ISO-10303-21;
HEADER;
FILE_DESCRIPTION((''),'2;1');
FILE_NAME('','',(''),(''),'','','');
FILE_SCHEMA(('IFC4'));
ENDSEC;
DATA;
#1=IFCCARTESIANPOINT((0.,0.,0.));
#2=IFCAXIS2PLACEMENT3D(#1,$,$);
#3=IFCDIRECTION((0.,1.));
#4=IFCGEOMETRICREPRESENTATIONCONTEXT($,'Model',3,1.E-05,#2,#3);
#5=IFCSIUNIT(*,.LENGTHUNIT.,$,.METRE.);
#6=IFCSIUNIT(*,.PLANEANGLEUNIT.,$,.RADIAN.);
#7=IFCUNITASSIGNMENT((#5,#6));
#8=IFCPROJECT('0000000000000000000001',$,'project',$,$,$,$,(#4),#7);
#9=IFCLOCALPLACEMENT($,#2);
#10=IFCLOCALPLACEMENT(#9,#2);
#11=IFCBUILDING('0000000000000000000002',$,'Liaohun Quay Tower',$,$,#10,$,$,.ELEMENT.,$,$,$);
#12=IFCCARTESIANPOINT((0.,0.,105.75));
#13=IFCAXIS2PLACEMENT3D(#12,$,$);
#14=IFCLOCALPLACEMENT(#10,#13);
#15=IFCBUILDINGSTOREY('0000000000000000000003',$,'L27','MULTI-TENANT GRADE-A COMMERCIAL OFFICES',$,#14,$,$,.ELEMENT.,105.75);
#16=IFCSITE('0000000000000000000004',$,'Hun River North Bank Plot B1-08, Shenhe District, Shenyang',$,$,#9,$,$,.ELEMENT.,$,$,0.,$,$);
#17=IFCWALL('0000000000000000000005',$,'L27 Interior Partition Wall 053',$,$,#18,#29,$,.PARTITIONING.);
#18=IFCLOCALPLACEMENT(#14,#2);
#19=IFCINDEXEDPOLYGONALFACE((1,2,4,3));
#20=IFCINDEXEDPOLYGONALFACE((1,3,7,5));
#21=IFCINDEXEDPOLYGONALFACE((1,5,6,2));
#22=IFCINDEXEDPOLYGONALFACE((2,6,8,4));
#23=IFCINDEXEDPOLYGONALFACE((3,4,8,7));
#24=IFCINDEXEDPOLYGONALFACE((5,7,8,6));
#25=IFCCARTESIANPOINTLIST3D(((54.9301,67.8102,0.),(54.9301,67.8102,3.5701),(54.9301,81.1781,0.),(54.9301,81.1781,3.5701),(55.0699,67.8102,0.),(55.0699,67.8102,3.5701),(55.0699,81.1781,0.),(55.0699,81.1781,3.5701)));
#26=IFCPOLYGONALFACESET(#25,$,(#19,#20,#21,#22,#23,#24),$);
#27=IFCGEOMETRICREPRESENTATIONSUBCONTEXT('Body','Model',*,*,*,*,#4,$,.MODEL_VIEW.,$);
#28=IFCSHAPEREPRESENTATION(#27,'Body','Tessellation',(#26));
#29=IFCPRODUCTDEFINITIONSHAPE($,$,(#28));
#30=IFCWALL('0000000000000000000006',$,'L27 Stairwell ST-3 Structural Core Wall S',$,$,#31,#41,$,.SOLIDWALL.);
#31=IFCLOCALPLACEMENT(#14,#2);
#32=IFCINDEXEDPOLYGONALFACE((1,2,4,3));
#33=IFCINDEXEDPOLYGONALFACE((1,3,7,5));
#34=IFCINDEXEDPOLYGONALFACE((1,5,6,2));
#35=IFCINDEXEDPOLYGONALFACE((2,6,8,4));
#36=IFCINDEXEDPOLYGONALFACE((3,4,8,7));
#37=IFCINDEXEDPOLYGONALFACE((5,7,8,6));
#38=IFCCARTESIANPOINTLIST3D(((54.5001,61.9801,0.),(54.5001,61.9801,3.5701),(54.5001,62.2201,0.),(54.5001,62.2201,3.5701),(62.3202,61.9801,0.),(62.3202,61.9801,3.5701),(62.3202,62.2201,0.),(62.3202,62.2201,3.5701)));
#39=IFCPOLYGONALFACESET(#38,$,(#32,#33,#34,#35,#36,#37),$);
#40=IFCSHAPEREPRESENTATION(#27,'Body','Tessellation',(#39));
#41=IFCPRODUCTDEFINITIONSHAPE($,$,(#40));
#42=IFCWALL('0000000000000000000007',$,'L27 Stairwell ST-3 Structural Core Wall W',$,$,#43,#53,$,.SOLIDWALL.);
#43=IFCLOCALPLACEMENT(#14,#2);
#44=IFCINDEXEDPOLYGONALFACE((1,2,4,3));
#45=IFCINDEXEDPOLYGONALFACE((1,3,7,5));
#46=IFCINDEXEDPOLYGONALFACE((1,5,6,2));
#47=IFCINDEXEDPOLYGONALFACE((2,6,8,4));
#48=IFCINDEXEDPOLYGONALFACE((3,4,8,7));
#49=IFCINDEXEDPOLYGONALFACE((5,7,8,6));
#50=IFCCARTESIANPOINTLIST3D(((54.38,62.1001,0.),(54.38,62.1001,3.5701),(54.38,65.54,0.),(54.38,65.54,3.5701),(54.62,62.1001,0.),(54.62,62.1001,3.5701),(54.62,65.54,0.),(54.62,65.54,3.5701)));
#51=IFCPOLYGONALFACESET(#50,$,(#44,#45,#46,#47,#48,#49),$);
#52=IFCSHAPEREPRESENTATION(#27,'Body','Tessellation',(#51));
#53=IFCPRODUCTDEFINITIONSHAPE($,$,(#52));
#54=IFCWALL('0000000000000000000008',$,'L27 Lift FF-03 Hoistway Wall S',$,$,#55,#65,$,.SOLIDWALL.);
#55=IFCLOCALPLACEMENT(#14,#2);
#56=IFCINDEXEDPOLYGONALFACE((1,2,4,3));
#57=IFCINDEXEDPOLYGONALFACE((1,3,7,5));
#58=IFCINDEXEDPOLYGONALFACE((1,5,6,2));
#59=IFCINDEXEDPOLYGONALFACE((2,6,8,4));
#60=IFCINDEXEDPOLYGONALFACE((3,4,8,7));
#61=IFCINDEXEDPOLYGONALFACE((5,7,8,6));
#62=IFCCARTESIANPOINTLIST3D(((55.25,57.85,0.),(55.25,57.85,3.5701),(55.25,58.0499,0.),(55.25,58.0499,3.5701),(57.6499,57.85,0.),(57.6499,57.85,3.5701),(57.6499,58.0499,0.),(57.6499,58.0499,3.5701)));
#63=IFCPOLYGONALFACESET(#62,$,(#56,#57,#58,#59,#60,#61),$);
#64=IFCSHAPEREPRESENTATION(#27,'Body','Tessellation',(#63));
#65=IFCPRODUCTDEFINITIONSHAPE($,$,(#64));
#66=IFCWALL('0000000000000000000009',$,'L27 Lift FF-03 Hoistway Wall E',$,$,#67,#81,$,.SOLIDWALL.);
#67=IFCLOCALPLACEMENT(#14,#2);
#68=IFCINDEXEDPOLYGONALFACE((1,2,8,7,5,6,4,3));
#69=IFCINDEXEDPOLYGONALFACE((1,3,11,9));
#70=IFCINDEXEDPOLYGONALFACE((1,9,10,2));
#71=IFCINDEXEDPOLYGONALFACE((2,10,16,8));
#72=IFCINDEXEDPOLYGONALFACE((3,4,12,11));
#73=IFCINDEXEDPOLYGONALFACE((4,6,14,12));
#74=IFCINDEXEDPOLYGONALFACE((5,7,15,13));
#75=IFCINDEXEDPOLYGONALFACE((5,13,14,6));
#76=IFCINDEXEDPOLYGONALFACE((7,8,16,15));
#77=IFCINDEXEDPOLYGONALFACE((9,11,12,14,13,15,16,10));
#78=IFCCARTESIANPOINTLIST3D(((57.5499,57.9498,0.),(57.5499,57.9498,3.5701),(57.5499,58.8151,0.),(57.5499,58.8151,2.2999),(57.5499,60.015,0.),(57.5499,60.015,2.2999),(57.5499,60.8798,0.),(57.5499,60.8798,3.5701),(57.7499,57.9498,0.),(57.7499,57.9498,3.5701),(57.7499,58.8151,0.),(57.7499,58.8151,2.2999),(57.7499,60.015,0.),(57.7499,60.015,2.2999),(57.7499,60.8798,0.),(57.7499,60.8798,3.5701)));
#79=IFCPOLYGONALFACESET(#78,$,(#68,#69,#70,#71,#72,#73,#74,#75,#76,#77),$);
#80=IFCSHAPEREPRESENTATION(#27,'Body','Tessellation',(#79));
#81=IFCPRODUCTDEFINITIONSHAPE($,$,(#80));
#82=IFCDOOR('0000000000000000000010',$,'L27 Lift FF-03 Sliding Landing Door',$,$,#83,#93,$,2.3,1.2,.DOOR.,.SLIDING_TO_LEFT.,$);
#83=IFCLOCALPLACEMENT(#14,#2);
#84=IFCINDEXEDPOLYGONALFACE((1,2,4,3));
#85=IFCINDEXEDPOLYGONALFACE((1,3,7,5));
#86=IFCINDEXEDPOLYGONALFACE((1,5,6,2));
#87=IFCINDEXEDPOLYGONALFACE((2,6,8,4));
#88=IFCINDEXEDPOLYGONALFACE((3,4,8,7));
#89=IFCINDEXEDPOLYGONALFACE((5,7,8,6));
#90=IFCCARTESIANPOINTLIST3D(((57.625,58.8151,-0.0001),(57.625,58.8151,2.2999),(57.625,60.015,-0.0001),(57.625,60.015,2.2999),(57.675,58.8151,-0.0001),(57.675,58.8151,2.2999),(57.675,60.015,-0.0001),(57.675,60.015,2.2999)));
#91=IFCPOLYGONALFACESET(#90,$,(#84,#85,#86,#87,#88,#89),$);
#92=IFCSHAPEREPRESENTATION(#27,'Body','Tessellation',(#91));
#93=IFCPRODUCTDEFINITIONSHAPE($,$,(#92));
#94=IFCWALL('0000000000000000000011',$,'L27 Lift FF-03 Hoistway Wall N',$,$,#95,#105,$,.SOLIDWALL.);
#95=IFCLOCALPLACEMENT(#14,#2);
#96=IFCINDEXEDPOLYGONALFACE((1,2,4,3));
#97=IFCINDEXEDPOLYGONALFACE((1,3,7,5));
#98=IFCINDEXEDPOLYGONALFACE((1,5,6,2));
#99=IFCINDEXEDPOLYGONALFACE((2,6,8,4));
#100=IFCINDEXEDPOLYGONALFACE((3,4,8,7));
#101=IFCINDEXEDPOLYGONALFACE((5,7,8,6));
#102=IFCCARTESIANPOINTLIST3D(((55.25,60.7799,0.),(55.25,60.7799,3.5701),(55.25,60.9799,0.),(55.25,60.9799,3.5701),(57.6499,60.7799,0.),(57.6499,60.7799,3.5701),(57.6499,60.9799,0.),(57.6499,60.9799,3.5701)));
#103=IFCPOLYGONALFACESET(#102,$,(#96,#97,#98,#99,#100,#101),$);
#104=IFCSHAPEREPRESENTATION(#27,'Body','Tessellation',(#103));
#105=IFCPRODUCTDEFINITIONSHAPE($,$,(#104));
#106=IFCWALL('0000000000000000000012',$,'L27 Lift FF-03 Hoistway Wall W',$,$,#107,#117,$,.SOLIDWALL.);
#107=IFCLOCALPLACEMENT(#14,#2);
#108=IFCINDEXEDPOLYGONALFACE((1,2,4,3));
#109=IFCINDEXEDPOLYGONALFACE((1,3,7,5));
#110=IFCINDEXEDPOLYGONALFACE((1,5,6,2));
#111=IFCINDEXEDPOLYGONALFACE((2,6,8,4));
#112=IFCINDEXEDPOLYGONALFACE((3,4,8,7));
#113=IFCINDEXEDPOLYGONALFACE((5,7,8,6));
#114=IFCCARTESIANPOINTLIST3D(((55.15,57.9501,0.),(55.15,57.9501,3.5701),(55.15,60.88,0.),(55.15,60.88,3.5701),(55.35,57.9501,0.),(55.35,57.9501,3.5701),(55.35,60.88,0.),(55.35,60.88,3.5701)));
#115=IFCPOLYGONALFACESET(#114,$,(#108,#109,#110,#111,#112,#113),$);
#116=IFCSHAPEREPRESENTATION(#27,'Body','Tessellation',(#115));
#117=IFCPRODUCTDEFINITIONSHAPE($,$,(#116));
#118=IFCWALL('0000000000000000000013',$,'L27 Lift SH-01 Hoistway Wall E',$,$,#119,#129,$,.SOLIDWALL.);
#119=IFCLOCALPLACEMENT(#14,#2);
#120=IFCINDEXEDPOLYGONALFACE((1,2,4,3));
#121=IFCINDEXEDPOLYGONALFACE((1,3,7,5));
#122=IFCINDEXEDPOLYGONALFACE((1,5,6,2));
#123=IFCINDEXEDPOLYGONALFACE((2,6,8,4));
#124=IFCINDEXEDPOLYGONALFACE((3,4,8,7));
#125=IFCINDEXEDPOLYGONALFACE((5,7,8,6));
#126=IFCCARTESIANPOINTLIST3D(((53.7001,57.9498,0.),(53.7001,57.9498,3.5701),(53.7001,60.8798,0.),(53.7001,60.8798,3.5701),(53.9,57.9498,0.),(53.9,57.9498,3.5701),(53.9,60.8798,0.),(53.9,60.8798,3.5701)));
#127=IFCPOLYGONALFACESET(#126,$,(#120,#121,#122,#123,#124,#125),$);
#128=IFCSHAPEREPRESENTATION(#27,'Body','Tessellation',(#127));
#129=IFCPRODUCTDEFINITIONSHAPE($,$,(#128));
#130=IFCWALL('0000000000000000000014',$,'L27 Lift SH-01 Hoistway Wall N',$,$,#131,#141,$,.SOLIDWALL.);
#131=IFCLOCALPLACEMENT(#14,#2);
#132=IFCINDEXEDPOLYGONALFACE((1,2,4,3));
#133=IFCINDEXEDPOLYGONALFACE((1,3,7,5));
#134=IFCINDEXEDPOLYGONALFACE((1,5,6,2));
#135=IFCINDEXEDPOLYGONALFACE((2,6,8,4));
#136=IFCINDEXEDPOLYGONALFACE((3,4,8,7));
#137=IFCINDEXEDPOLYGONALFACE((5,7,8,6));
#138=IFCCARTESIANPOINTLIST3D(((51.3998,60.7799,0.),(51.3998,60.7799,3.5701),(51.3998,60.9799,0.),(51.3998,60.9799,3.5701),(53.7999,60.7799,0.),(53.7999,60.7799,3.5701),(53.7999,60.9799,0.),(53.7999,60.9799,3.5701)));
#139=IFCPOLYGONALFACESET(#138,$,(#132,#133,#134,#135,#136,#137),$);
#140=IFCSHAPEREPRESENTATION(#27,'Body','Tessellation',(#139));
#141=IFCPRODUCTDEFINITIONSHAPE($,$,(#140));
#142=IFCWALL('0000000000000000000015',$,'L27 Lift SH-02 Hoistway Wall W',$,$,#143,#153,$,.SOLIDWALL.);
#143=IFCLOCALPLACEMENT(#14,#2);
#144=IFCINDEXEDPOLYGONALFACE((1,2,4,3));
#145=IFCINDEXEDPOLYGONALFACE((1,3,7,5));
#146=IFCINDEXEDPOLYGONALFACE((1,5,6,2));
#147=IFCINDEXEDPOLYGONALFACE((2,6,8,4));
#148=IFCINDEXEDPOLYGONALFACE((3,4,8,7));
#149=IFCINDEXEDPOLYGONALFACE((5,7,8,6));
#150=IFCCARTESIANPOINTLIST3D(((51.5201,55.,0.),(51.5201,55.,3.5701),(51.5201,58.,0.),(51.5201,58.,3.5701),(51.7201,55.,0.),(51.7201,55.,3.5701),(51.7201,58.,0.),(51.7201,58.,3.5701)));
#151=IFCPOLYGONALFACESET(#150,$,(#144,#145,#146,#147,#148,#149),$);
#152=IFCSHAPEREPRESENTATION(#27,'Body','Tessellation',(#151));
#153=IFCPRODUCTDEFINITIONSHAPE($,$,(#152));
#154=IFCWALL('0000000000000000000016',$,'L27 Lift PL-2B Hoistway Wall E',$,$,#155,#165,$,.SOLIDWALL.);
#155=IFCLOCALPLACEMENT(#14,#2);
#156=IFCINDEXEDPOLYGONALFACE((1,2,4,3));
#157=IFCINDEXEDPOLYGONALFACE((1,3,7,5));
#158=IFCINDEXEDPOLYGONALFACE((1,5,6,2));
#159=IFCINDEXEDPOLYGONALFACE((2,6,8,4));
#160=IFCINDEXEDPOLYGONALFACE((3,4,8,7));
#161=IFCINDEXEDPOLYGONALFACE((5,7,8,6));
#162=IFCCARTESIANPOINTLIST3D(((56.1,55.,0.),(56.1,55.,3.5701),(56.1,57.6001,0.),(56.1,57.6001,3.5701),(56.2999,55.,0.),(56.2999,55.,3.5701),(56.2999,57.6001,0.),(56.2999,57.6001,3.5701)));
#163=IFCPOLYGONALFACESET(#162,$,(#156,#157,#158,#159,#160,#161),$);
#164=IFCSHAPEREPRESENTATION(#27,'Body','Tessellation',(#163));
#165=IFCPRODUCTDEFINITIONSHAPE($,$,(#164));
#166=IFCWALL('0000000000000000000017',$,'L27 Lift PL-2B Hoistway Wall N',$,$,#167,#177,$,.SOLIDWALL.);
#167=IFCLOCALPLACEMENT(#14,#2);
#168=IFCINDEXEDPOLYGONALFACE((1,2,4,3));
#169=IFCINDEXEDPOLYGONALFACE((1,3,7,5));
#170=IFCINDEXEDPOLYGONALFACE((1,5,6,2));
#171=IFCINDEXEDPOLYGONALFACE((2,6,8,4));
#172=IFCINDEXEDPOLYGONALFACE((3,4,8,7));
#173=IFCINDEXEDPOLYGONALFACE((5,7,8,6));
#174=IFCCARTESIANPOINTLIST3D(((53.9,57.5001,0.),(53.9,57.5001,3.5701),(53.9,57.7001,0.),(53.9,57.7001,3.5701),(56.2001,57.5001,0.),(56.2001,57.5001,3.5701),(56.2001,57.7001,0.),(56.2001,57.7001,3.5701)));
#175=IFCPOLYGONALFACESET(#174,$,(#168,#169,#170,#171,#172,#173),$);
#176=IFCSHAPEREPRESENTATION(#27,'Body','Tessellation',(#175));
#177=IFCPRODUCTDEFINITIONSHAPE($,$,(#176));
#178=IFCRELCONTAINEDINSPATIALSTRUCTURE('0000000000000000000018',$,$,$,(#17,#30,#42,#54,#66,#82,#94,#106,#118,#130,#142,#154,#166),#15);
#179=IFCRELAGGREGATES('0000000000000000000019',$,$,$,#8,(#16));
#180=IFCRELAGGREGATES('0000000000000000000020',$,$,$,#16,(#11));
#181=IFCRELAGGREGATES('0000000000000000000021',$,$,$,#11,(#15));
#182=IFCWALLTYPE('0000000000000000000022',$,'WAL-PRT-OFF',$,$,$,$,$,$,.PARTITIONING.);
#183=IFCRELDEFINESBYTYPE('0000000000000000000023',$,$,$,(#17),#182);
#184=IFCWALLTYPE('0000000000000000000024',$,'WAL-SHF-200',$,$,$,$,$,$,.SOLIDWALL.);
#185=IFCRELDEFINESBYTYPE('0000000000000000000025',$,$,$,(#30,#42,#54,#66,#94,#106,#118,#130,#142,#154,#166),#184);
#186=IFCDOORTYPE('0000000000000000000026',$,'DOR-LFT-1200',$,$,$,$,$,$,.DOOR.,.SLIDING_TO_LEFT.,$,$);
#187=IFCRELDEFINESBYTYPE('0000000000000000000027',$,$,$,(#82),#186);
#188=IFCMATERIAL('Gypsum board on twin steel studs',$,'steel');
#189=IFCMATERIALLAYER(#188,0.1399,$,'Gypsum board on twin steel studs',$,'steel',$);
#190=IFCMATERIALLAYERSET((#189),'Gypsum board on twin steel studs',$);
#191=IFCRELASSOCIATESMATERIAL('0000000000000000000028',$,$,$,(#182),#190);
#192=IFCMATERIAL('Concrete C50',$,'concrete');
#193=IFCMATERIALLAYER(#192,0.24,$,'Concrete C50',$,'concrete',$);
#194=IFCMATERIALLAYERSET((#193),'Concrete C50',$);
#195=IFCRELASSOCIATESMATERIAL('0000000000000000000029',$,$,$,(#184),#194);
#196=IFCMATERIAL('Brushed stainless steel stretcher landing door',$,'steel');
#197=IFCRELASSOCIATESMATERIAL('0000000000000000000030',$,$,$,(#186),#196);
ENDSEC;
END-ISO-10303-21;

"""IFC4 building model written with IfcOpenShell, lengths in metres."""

from ifc_helpers import new_model, si_unit, direction, frame, frame_2d, origin, place, context, subcontext, project, spatial, rectangle, extrude, source, transform, mapped, material, layer, layer_set, type_object, element, fill, save


model = new_model("IFC4")

# Units and contexts
model_context = context("Model", 3, precision=1e-05, world=origin(), true_north=direction((0.0, 1.0)))
body_context = subcontext(model_context, "Body", "Model", "MODEL_VIEW")
ifc_project = project(units=[si_unit("LENGTHUNIT", "METRE"), si_unit("PLANEANGLEUNIT", "RADIAN")], contexts=[model_context])

# Site, building, storey
site_placement = place(None, origin())
site = spatial("IfcSite", under=ifc_project, at=site_placement, Name="Hun River North Bank Plot B1-08, Shenhe District, Shenyang", CompositionType="ELEMENT", RefElevation=0.0)
building_placement = place(site_placement, origin())
building = spatial("IfcBuilding", under=site, at=building_placement, Name="Liaohun Quay Tower", CompositionType="ELEMENT")
storey_placement = place(building_placement, frame((0.0, 0.0, 105.75)))
storey = spatial("IfcBuildingStorey", under=building, at=storey_placement, Name="L27", Description="MULTI-TENANT GRADE-A COMMERCIAL OFFICES", CompositionType="ELEMENT", Elevation=105.75)

# Walls
ifc_material_1 = material(Name="Gypsum board on twin steel studs", Category="steel")
ifc_layer_1 = layer(ifc_material_1, 0.1399, Name="Gypsum board on twin steel studs", Category="steel")
ifc_layer_set_1 = layer_set([ifc_layer_1], Name="Gypsum board on twin steel studs")
wall_type_1 = type_object("IfcWallType", Name="WAL-PRT-OFF", PredefinedType="PARTITIONING", material=ifc_layer_set_1)
wall_1_placement = place(storey_placement, frame((55.0, 67.8101, 0.0), z_axis=(0.0, 0.0, 1.0), x_axis=(0.0, 1.0, 0.0)))
element("IfcWall", 1, at=wall_1_placement, inside=storey, type_object=wall_type_1, Name="L27 Interior Partition Wall 053", PredefinedType="PARTITIONING", context=body_context, shape_type="SweptSolid", body=[
    extrude(rectangle(XDim=13.3679, YDim=0.1399, at=frame_2d((6.6841, 0.0))), origin(), (0.0, 0.0, 1.0), 3.5701),
])
ifc_material_2 = material(Name="Concrete C50", Category="concrete")
ifc_layer_2 = layer(ifc_material_2, 0.24, Name="Concrete C50", Category="concrete")
ifc_layer_set_2 = layer_set([ifc_layer_2], Name="Concrete C50")
wall_type_2 = type_object("IfcWallType", Name="WAL-SHF-200", PredefinedType="SOLIDWALL", material=ifc_layer_set_2)
wall_2_placement = place(storey_placement, frame((54.5, 62.1001, 0.0), z_axis=(0.0, 0.0, 1.0), x_axis=(1.0, 0.0, 0.0)))
element("IfcWall", 2, at=wall_2_placement, inside=storey, type_object=wall_type_2, Name="L27 Stairwell ST-3 Structural Core Wall S", PredefinedType="SOLIDWALL", context=body_context, shape_type="SweptSolid", body=[
    extrude(rectangle(XDim=7.8201, YDim=0.24, at=frame_2d((3.9102, 0.0))), origin(), (0.0, 0.0, 1.0), 3.5701),
])
wall_3_placement = place(storey_placement, frame((54.5, 65.54, 0.0), z_axis=(0.0, 0.0, 1.0), x_axis=(0.0, -1.0, 0.0)))
element("IfcWall", 3, at=wall_3_placement, inside=storey, type_object=wall_type_2, Name="L27 Stairwell ST-3 Structural Core Wall W", PredefinedType="SOLIDWALL", context=body_context, shape_type="SweptSolid", body=[
    extrude(rectangle(XDim=3.4399, YDim=0.24, at=frame_2d((1.72, 0.0))), origin(), (0.0, 0.0, 1.0), 3.5701),
])
wall_4_placement = place(storey_placement, frame((55.25, 57.95, 0.0), z_axis=(0.0, 0.0, 1.0), x_axis=(1.0, 0.0, 0.0)))
element("IfcWall", 4, at=wall_4_placement, inside=storey, type_object=wall_type_2, Name="L27 Lift FF-03 Hoistway Wall S", PredefinedType="SOLIDWALL", context=body_context, shape_type="SweptSolid", body=[
    extrude(rectangle(XDim=2.3999, YDim=0.2, at=frame_2d((1.2, 0.0))), origin(), (0.0, 0.0, 1.0), 3.5701),
])

# Wall, opening, door
wall_5_placement = place(storey_placement, frame((57.6499, 57.95, 0.0), z_axis=(0.0, 0.0, 1.0), x_axis=(0.0, 1.0, 0.0)))
wall_5 = element("IfcWall", 5, at=wall_5_placement, inside=storey, type_object=wall_type_2, Name="L27 Lift FF-03 Hoistway Wall E", PredefinedType="SOLIDWALL", context=body_context, shape_type="SweptSolid", body=[
    extrude(rectangle(XDim=2.9299, YDim=0.2, at=frame_2d((1.4648, 0.0))), origin(), (0.0, 0.0, 1.0), 3.5701),
])
shared_shape_1 = source(origin(), body_context, "Body", "SweptSolid", [
    extrude(rectangle(XDim=1.2, YDim=2.3, at=frame_2d((0.6001, 1.1499))), frame((0.0, 0.1099, 0.0), z_axis=(0.0, -1.0, 0.0), x_axis=(1.0, 0.0, 0.0)), (0.0, 0.0, 1.0), 0.22),
])
opening_1_placement = place(wall_5_placement, frame((0.865, 0.0, 0.0)))
opening_1 = element("IfcOpeningElement", 6, at=opening_1_placement, cuts=wall_5, PredefinedType="OPENING", context=body_context, shape_type="MappedRepresentation", body=[
    mapped(shared_shape_1, transform((0.0, 0.0, 0.0), x_axis=(1.0, 0.0, 0.0), y_axis=(0.0, 1.0, 0.0), z_axis=(0.0, 0.0, 1.0), scale=1.0)),
])
ifc_material_3 = material(Name="Brushed stainless steel stretcher landing door", Category="steel")
door_type_1 = type_object("IfcDoorType", Name="DOR-LFT-1200", OperationType="SLIDING_TO_LEFT", PredefinedType="DOOR", material=ifc_material_3)
shared_shape_2 = source(origin(), body_context, "Body", "SweptSolid", [
    extrude(rectangle(XDim=1.2, YDim=2.3, at=frame_2d((0.6001, 1.1499))), frame((0.0, 0.0249, 0.0), z_axis=(0.0, -1.0, 0.0), x_axis=(1.0, 0.0, 0.0)), (0.0, 0.0, 1.0), 0.05),
])
door_1_placement = place(opening_1_placement, origin())
door_1 = element("IfcDoor", 7, at=door_1_placement, inside=storey, type_object=door_type_1, Name="L27 Lift FF-03 Sliding Landing Door", OperationType="SLIDING_TO_LEFT", OverallHeight=2.3, OverallWidth=1.2, PredefinedType="DOOR", context=body_context, shape_type="MappedRepresentation", body=[
    mapped(shared_shape_2, transform((0.0, 0.0, 0.0), x_axis=(1.0, 0.0, 0.0), y_axis=(0.0, 1.0, 0.0), z_axis=(0.0, 0.0, 1.0), scale=1.0)),
])
fill(opening_1, door_1)

# Walls
wall_6_placement = place(storey_placement, frame((57.6499, 60.8799, 0.0), z_axis=(0.0, 0.0, 1.0), x_axis=(-1.0, 0.0, 0.0)))
element("IfcWall", 8, at=wall_6_placement, inside=storey, type_object=wall_type_2, Name="L27 Lift FF-03 Hoistway Wall N", PredefinedType="SOLIDWALL", context=body_context, shape_type="SweptSolid", body=[
    extrude(rectangle(XDim=2.3999, YDim=0.2, at=frame_2d((1.2, 0.0))), origin(), (0.0, 0.0, 1.0), 3.5701),
])
for number, where, z_axis, x_axis, name in (
    (9, (55.25, 60.8799, 0.0), (0.0, 0.0, 1.0), (0.0, -1.0, 0.0), "L27 Lift FF-03 Hoistway Wall W"),
    (10, (53.8, 57.95, 0.0), (0.0, 0.0, 1.0), (0.0, 1.0, 0.0), "L27 Lift SH-01 Hoistway Wall E"),
):
    element("IfcWall", number, at=place(storey_placement, frame(where, z_axis=z_axis, x_axis=x_axis)), inside=storey, type_object=wall_type_2, Name=name, PredefinedType="SOLIDWALL", context=body_context, shape_type="SweptSolid", body=[
        extrude(rectangle(XDim=2.9299, YDim=0.2, at=frame_2d((1.4648, 0.0))), origin(), (0.0, 0.0, 1.0), 3.5701),
    ])
wall_7_placement = place(storey_placement, frame((53.8, 60.8799, 0.0), z_axis=(0.0, 0.0, 1.0), x_axis=(-1.0, 0.0, 0.0)))
element("IfcWall", 11, at=wall_7_placement, inside=storey, type_object=wall_type_2, Name="L27 Lift SH-01 Hoistway Wall N", PredefinedType="SOLIDWALL", context=body_context, shape_type="SweptSolid", body=[
    extrude(rectangle(XDim=2.4001, YDim=0.2, at=frame_2d((1.2002, 0.0))), origin(), (0.0, 0.0, 1.0), 3.5701),
])
wall_8_placement = place(storey_placement, frame((51.6201, 58.0, 0.0), z_axis=(0.0, 0.0, 1.0), x_axis=(0.0, -1.0, 0.0)))
element("IfcWall", 12, at=wall_8_placement, inside=storey, type_object=wall_type_2, Name="L27 Lift SH-02 Hoistway Wall W", PredefinedType="SOLIDWALL", context=body_context, shape_type="SweptSolid", body=[
    extrude(rectangle(XDim=3.0, YDim=0.2, at=frame_2d((1.5, 0.0))), origin(), (0.0, 0.0, 1.0), 3.5701),
])
wall_9_placement = place(storey_placement, frame((56.2, 55.0, 0.0), z_axis=(0.0, 0.0, 1.0), x_axis=(0.0, 1.0, 0.0)))
element("IfcWall", 13, at=wall_9_placement, inside=storey, type_object=wall_type_2, Name="L27 Lift PL-2B Hoistway Wall E", PredefinedType="SOLIDWALL", context=body_context, shape_type="SweptSolid", body=[
    extrude(rectangle(XDim=2.6001, YDim=0.2, at=frame_2d((1.3, 0.0))), origin(), (0.0, 0.0, 1.0), 3.5701),
])
wall_10_placement = place(storey_placement, frame((56.2, 57.6001, 0.0), z_axis=(0.0, 0.0, 1.0), x_axis=(-1.0, 0.0, 0.0)))
element("IfcWall", 14, at=wall_10_placement, inside=storey, type_object=wall_type_2, Name="L27 Lift PL-2B Hoistway Wall N", PredefinedType="SOLIDWALL", context=body_context, shape_type="SweptSolid", body=[
    extrude(rectangle(XDim=2.3, YDim=0.2, at=frame_2d((1.1499, 0.0))), origin(), (0.0, 0.0, 1.0), 3.5701),
])

save(model, "model.ifc")
